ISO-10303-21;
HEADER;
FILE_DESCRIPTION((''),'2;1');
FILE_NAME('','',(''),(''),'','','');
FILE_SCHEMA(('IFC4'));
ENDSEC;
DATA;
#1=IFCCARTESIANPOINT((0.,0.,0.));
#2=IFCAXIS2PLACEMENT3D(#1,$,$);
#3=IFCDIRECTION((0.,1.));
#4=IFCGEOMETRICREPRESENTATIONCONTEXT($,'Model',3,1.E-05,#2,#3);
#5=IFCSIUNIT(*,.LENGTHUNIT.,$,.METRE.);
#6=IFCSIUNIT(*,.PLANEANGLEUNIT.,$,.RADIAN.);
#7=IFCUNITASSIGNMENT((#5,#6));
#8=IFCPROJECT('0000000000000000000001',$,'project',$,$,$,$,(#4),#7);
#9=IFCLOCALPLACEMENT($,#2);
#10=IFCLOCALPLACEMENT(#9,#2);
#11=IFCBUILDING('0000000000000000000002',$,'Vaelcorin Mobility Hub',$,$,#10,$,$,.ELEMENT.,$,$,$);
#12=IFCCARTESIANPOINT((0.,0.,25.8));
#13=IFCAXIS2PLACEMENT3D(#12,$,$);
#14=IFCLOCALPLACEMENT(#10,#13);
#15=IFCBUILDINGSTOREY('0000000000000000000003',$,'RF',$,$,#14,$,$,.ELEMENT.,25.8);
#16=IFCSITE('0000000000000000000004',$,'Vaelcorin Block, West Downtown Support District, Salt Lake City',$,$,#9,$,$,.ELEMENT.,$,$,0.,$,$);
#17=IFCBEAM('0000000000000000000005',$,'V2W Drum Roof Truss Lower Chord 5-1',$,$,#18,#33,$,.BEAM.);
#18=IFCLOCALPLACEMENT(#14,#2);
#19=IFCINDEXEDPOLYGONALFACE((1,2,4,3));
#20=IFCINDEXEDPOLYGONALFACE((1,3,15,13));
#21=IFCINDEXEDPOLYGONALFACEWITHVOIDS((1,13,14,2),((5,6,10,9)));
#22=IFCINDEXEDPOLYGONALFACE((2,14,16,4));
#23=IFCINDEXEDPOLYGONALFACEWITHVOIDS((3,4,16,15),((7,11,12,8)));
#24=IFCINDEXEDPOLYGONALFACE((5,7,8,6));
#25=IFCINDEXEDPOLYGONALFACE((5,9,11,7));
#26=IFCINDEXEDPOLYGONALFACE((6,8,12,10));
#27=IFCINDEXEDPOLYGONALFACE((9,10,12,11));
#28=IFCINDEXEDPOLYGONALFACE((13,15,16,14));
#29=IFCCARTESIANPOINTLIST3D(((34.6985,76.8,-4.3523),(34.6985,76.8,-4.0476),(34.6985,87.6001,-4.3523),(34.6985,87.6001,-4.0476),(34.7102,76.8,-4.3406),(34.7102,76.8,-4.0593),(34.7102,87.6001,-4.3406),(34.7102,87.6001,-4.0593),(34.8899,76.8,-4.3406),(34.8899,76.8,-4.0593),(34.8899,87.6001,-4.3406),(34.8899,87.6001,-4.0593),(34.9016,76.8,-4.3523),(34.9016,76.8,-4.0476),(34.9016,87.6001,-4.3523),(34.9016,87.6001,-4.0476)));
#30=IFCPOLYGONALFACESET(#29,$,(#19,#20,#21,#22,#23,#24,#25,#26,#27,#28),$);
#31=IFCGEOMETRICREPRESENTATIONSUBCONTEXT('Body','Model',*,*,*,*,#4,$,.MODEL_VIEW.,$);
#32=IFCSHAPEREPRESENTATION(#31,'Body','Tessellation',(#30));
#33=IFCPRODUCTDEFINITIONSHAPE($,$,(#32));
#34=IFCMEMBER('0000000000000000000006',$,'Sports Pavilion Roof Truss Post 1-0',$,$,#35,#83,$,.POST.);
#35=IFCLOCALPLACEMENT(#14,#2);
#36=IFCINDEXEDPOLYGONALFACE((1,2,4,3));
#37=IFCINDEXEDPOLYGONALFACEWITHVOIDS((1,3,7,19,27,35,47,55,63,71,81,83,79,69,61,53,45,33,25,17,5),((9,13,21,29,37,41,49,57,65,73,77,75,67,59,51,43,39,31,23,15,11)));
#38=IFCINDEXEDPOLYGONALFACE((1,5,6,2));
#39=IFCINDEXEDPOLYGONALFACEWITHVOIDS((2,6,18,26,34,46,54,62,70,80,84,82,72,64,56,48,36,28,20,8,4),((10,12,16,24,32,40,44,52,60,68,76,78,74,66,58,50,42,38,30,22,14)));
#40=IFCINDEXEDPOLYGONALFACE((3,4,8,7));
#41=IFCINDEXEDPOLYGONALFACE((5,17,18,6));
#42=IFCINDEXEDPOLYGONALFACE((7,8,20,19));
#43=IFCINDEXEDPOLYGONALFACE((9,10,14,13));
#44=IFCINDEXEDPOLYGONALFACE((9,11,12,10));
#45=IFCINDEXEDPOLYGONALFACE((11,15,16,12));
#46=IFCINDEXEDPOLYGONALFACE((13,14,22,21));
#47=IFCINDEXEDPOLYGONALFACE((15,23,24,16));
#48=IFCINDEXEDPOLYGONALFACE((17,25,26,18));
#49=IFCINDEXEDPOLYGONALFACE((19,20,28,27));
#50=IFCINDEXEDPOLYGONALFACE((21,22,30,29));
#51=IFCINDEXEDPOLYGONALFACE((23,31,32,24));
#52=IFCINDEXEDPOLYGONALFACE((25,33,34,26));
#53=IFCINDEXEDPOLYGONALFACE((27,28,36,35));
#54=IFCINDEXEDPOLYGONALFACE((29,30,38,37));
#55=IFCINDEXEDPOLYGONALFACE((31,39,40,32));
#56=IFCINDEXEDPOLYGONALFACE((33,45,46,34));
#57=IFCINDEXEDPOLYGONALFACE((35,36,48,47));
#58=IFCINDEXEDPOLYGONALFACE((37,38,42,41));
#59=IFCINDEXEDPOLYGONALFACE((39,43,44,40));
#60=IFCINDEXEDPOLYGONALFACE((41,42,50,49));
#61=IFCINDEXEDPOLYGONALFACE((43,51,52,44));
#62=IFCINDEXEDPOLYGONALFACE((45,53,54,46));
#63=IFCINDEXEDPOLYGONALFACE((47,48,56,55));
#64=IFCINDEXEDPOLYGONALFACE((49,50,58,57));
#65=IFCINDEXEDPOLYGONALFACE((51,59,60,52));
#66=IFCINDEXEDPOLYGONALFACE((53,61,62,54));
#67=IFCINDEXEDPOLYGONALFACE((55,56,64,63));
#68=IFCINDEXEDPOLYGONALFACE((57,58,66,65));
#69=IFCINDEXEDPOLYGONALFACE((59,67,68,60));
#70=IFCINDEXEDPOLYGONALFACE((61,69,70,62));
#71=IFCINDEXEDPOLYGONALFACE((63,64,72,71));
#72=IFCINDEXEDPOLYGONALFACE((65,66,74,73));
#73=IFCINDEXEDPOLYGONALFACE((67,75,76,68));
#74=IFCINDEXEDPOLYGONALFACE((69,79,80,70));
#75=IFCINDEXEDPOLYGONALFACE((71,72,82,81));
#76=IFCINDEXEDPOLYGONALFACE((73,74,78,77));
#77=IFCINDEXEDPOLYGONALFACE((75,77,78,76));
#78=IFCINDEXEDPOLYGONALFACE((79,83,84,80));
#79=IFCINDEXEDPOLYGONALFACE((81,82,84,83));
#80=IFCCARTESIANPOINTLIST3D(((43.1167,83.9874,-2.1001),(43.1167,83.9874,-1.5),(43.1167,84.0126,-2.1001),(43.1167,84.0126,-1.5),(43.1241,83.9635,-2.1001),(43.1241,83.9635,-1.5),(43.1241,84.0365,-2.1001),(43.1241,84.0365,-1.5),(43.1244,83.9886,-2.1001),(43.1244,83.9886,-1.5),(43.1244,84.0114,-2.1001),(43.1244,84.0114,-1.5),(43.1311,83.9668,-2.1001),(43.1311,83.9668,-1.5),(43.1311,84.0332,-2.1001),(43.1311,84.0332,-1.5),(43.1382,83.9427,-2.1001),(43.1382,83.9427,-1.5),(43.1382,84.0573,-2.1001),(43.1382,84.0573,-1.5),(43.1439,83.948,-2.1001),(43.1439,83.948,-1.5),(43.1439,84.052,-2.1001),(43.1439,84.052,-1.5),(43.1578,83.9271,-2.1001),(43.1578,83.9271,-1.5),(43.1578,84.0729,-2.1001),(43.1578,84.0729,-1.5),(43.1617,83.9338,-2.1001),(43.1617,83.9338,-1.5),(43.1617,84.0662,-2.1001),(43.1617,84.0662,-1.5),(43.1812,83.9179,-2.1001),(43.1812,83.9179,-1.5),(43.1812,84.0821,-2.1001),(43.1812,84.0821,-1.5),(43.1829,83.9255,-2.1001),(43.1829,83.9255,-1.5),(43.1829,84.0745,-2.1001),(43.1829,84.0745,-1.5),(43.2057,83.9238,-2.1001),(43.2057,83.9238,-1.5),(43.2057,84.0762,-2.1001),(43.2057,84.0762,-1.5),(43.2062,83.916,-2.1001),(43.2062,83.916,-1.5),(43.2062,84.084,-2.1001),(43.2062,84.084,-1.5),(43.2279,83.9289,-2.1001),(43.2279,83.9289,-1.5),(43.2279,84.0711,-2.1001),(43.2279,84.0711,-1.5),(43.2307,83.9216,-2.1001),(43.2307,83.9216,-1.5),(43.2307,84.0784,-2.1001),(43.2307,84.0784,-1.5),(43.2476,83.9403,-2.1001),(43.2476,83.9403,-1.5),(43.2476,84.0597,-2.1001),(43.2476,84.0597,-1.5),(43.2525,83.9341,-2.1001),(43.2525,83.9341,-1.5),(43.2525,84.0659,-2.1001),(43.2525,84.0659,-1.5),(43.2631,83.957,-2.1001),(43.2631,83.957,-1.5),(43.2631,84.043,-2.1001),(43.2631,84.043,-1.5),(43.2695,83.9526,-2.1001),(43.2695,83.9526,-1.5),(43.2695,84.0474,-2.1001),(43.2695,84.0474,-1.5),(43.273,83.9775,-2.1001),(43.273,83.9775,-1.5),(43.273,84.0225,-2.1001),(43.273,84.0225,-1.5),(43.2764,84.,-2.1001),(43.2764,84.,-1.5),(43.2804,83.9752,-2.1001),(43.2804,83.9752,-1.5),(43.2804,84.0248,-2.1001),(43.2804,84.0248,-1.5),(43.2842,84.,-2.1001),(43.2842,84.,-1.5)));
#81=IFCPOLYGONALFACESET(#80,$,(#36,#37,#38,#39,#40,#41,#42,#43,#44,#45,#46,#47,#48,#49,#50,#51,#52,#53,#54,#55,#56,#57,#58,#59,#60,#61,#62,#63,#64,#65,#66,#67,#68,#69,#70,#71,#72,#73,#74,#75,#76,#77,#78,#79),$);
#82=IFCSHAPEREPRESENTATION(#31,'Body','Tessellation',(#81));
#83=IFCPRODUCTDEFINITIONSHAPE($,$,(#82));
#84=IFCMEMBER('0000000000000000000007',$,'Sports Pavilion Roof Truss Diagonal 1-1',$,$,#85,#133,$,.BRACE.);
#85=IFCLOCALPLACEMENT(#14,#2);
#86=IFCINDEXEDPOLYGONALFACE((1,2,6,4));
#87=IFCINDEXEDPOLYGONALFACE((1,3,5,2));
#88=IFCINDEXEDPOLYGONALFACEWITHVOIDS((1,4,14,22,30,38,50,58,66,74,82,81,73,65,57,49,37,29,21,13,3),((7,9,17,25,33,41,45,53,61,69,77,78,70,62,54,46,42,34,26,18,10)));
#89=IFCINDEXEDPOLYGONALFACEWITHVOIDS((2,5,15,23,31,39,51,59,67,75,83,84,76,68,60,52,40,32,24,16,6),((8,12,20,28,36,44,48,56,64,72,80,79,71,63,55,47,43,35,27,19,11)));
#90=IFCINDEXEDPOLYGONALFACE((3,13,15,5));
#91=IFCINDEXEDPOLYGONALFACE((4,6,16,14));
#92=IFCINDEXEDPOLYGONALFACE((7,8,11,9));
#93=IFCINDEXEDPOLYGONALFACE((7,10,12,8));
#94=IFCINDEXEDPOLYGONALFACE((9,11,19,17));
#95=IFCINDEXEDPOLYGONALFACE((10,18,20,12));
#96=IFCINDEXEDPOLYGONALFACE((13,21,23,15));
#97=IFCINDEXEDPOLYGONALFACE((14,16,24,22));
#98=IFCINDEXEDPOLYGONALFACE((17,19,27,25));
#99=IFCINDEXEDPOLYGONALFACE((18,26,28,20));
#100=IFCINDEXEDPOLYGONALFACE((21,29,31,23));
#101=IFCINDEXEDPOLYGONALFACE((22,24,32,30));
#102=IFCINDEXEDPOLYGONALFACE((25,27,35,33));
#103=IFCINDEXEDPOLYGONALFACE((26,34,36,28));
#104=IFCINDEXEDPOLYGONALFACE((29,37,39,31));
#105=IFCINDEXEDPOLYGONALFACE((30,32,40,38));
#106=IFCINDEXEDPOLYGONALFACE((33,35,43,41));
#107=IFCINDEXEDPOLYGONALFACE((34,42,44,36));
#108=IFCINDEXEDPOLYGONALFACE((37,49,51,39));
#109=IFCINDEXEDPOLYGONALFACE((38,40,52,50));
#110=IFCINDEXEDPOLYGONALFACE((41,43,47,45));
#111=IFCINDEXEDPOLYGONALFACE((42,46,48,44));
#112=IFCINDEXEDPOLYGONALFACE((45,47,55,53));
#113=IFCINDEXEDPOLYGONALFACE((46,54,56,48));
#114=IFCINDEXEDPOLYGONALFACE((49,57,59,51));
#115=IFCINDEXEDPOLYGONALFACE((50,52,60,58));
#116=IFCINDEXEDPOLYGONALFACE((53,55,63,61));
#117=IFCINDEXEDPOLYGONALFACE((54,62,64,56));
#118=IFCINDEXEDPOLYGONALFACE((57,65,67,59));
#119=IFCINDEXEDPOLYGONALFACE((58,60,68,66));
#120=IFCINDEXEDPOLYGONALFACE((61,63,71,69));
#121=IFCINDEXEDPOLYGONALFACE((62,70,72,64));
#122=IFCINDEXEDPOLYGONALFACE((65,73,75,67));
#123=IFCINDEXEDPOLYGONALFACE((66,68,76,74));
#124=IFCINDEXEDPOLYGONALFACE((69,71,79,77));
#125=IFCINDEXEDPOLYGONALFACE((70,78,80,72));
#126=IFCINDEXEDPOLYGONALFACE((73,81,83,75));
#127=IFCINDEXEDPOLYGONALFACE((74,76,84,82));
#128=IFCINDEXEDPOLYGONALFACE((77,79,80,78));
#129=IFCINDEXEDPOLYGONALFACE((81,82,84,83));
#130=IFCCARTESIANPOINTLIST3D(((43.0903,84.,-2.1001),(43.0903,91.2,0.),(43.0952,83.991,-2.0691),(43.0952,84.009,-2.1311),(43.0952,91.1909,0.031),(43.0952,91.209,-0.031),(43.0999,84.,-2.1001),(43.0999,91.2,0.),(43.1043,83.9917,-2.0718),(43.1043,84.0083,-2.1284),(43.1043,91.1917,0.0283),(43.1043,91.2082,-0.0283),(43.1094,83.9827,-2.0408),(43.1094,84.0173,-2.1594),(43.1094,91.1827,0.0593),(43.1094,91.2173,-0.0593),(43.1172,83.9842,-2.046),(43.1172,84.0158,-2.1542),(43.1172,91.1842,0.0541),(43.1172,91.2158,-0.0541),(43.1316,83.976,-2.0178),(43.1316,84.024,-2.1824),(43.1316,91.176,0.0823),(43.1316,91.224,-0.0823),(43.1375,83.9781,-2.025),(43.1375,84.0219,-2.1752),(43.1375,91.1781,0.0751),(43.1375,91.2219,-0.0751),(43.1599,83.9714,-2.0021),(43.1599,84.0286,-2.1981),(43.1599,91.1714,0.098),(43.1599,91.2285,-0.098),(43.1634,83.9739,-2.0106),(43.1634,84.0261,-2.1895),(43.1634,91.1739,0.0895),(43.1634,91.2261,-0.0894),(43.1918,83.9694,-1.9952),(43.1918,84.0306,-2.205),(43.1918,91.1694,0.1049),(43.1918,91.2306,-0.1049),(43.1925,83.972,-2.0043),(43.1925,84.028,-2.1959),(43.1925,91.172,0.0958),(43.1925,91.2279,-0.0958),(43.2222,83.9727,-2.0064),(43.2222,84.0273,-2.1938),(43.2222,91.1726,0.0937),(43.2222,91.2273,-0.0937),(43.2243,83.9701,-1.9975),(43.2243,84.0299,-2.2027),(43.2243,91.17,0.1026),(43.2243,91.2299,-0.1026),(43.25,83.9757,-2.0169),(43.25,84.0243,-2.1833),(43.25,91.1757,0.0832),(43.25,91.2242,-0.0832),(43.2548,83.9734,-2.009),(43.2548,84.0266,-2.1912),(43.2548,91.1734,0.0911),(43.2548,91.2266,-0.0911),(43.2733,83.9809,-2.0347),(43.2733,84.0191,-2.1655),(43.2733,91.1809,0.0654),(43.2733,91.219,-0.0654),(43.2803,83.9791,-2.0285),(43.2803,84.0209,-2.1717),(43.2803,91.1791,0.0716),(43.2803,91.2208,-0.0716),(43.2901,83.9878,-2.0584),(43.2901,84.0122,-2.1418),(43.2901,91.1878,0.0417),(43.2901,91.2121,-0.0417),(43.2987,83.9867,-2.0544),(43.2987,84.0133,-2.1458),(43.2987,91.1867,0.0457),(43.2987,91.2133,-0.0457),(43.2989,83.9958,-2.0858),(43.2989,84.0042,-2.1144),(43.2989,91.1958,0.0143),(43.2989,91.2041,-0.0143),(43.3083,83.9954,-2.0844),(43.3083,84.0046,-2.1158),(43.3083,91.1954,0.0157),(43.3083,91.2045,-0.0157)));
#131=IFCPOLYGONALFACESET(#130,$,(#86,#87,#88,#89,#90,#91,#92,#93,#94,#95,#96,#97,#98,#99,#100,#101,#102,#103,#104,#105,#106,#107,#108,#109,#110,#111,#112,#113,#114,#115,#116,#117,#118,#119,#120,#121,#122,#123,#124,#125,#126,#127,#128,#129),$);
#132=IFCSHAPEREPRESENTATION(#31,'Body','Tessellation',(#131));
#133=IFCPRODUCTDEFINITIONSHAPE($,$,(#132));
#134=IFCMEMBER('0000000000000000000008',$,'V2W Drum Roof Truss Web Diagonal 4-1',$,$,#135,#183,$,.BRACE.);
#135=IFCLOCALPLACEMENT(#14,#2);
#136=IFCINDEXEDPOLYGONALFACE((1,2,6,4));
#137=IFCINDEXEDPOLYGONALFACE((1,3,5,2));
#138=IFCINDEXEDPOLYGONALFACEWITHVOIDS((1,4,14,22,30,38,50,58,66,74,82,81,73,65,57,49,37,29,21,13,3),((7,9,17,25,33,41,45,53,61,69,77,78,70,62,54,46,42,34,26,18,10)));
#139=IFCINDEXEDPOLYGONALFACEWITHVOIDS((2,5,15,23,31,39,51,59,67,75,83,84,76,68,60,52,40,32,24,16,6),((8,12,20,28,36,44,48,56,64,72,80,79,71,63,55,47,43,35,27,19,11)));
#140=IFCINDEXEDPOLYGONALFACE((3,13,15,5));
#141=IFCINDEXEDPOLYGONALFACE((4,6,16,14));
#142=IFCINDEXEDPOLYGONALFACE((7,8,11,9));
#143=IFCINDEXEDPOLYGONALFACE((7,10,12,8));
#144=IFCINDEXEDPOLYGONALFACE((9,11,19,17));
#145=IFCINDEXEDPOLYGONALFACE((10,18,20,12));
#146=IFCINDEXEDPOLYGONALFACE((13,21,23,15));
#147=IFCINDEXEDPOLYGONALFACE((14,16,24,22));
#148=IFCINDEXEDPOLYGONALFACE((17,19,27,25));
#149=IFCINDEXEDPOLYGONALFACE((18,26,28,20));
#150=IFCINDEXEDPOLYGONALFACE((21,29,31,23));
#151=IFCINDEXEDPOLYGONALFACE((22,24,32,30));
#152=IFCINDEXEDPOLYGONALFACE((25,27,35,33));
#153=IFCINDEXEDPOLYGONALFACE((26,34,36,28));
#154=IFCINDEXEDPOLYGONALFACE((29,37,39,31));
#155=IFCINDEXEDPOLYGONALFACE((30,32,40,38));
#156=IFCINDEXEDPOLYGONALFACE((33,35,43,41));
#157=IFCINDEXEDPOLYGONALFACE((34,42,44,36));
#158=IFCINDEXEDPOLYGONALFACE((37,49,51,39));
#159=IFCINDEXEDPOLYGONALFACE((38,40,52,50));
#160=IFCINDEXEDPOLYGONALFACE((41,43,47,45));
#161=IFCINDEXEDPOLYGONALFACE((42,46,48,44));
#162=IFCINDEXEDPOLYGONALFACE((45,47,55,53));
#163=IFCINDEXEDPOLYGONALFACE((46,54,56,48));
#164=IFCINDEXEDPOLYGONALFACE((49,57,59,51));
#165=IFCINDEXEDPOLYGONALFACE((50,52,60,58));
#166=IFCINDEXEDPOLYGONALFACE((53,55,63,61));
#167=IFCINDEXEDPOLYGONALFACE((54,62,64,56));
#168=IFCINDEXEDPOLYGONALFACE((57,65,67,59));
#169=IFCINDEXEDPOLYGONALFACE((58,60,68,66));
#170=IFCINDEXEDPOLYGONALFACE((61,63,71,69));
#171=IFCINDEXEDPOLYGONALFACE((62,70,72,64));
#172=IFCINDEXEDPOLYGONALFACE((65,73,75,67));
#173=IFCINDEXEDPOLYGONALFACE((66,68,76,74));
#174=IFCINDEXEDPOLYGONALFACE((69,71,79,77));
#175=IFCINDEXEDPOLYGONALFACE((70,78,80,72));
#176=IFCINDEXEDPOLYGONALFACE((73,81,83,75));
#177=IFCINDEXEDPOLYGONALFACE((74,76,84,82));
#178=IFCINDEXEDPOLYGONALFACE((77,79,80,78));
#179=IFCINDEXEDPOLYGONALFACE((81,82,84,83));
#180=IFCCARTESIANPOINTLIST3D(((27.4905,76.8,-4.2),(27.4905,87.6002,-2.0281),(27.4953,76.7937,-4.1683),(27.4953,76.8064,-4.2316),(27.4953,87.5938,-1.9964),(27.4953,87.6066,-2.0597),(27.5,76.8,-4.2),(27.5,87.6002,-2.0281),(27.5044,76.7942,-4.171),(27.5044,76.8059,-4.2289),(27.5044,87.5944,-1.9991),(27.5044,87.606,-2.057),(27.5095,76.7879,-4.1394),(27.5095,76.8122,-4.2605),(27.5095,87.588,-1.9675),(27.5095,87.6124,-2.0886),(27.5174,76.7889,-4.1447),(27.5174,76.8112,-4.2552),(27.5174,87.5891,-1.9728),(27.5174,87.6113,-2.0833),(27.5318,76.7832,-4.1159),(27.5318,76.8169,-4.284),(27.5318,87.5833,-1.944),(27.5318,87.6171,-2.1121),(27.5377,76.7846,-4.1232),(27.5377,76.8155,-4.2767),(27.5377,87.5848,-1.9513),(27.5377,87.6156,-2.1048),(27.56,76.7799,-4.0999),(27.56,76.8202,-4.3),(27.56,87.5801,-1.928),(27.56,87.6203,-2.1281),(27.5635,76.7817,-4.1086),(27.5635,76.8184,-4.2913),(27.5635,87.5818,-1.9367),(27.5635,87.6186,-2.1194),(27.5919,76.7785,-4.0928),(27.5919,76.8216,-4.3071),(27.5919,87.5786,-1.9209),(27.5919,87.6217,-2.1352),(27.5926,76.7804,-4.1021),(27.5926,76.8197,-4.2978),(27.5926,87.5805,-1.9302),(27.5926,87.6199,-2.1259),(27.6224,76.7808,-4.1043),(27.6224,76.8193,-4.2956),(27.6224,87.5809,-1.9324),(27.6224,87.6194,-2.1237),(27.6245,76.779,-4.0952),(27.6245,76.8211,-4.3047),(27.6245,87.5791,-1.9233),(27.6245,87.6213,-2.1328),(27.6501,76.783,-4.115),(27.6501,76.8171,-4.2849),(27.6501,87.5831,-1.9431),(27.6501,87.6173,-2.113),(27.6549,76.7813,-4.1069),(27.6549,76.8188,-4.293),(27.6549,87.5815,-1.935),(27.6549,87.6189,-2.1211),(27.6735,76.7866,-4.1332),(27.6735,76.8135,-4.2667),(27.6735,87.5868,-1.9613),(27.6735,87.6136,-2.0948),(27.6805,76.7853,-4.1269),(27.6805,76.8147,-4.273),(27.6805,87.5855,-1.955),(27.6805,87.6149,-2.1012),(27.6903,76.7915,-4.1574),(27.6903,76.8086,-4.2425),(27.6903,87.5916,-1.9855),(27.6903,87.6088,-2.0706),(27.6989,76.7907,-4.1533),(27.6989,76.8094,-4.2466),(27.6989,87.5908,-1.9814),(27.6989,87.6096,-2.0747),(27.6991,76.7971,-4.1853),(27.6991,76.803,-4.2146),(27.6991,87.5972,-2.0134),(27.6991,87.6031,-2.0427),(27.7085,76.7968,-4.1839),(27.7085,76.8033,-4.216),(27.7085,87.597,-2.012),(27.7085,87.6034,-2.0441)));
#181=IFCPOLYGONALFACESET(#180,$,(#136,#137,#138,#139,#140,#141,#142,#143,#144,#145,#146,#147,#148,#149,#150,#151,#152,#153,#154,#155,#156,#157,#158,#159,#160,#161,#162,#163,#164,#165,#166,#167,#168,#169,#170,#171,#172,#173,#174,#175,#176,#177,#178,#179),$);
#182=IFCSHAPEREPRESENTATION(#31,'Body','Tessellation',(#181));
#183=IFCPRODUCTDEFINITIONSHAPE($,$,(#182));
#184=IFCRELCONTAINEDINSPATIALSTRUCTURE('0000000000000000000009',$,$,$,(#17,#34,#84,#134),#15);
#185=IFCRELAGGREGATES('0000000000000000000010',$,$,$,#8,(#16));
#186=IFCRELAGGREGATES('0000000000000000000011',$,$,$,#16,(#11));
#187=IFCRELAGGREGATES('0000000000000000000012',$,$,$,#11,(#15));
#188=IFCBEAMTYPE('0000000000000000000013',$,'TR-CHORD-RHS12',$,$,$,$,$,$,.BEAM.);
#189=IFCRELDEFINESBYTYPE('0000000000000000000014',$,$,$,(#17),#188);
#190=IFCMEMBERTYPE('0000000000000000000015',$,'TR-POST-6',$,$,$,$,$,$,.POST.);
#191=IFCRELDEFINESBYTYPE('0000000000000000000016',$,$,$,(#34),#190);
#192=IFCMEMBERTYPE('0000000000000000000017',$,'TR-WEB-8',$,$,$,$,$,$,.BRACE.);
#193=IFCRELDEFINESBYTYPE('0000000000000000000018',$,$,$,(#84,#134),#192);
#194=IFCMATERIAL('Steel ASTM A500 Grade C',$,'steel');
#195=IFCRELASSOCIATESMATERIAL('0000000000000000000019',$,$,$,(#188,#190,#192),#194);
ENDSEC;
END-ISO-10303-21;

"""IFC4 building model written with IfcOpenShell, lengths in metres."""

from ifc_helpers import new_model, si_unit, direction, frame, origin, origin_2d, place, context, subcontext, project, spatial, hollow_rectangle, hollow_circle, extrude, material, material_profile, profile_set, type_object, element, save


model = new_model("IFC4")

# Units and contexts
model_context = context("Model", 3, precision=1e-05, world=origin(), true_north=direction((0.0, 1.0)))
body_context = subcontext(model_context, "Body", "Model", "MODEL_VIEW")
ifc_project = project(units=[si_unit("LENGTHUNIT", "METRE"), si_unit("PLANEANGLEUNIT", "RADIAN")], contexts=[model_context])

# Site, building, storey
site_placement = place(None, origin())
site = spatial("IfcSite", under=ifc_project, at=site_placement, Name="Vaelcorin Block, West Downtown Support District, Salt Lake City", CompositionType="ELEMENT", RefElevation=0.0)
building_placement = place(site_placement, origin())
building = spatial("IfcBuilding", under=site, at=building_placement, Name="Vaelcorin Mobility Hub", CompositionType="ELEMENT")
storey_placement = place(building_placement, frame((0.0, 0.0, 25.8)))
storey = spatial("IfcBuildingStorey", under=building, at=storey_placement, Name="RF", CompositionType="ELEMENT", Elevation=25.8)

# Shared definitions
ifc_material_1 = material(Name="Steel ASTM A500 Grade C", Category="steel")

# Beam
ifc_material_profile_1 = material_profile(ifc_material_1, hollow_rectangle(XDim=0.2031, YDim=0.3047, WallThickness=0.0117, at=origin_2d()), Name="HSS12X8X0.500")
ifc_profile_set_1 = profile_set([ifc_material_profile_1], Name="Steel ASTM A500 Grade C")
beam_type_1 = type_object("IfcBeamType", Name="TR-CHORD-RHS12", PredefinedType="BEAM", material=ifc_profile_set_1)
for number, where, z_axis, x_axis, name in (
    (1, (34.8, 76.8, -4.2), (0.0, 1.0, 0.0), (-1.0, 0.0, 0.0), "V2W Drum Roof Truss Lower Chord 5-1"),
):
    element("IfcBeam", number, at=place(storey_placement, frame(where, z_axis=z_axis, x_axis=x_axis)), inside=storey, type_object=beam_type_1, Name=name, PredefinedType="BEAM", context=body_context, shape_type="SweptSolid", body=[
        extrude(hollow_rectangle(XDim=0.2031, YDim=0.3047, WallThickness=0.0117, at=origin_2d()), origin(), (0.0, 0.0, 1.0), 10.8),
    ])

# Members
ifc_material_profile_2 = material_profile(ifc_material_1, hollow_circle(Radius=0.0842, WallThickness=0.0078, at=origin_2d()), Name="HSS6.625X0.312")
ifc_profile_set_2 = profile_set([ifc_material_profile_2], Name="Steel ASTM A500 Grade C")
member_type_1 = type_object("IfcMemberType", Name="TR-POST-6", PredefinedType="POST", material=ifc_profile_set_2)
member_1_placement = place(storey_placement, frame((43.2, 84.0, -2.1001), z_axis=(0.0, 0.0, 1.0), x_axis=(1.0, 0.0, 0.0)))
element("IfcMember", 2, at=member_1_placement, inside=storey, type_object=member_type_1, Name="Sports Pavilion Roof Truss Post 1-0", PredefinedType="POST", context=body_context, shape_type="SweptSolid", body=[
    extrude(hollow_circle(Radius=0.0842, WallThickness=0.0078, at=origin_2d()), origin(), (0.0, 0.0, 1.0), 0.6001),
])
ifc_material_profile_3 = material_profile(ifc_material_1, hollow_circle(Radius=0.1096, WallThickness=0.0095, at=origin_2d()), Name="HSS8.625X0.375")
ifc_profile_set_3 = profile_set([ifc_material_profile_3], Name="Steel ASTM A500 Grade C")
member_type_2 = type_object("IfcMemberType", Name="TR-WEB-8", PredefinedType="BRACE", material=ifc_profile_set_3)
member_2_placement = place(storey_placement, frame((43.2, 84.0, -2.1001), z_axis=(0.0, 0.959996, 0.280014), x_axis=(-1.0, 0.0, 0.0)))
element("IfcMember", 3, at=member_2_placement, inside=storey, type_object=member_type_2, Name="Sports Pavilion Roof Truss Diagonal 1-1", PredefinedType="BRACE", context=body_context, shape_type="SweptSolid", body=[
    extrude(hollow_circle(Radius=0.1096, WallThickness=0.0095, at=origin_2d()), origin(), (0.0, 0.0, 1.0), 7.5),
])
for number, where, z_axis, x_axis, name in (
    (4, (27.6001, 76.8, -4.2), (0.0, 0.980373, 0.197152), (-1.0, 0.0, 0.0), "V2W Drum Roof Truss Web Diagonal 4-1"),
):
    element("IfcMember", number, at=place(storey_placement, frame(where, z_axis=z_axis, x_axis=x_axis)), inside=storey, type_object=member_type_2, Name=name, PredefinedType="BRACE", context=body_context, shape_type="SweptSolid", body=[
        extrude(hollow_circle(Radius=0.1096, WallThickness=0.0095, at=origin_2d()), origin(), (0.0, 0.0, 1.0), 11.0164),
    ])

save(model, "model.ifc")
